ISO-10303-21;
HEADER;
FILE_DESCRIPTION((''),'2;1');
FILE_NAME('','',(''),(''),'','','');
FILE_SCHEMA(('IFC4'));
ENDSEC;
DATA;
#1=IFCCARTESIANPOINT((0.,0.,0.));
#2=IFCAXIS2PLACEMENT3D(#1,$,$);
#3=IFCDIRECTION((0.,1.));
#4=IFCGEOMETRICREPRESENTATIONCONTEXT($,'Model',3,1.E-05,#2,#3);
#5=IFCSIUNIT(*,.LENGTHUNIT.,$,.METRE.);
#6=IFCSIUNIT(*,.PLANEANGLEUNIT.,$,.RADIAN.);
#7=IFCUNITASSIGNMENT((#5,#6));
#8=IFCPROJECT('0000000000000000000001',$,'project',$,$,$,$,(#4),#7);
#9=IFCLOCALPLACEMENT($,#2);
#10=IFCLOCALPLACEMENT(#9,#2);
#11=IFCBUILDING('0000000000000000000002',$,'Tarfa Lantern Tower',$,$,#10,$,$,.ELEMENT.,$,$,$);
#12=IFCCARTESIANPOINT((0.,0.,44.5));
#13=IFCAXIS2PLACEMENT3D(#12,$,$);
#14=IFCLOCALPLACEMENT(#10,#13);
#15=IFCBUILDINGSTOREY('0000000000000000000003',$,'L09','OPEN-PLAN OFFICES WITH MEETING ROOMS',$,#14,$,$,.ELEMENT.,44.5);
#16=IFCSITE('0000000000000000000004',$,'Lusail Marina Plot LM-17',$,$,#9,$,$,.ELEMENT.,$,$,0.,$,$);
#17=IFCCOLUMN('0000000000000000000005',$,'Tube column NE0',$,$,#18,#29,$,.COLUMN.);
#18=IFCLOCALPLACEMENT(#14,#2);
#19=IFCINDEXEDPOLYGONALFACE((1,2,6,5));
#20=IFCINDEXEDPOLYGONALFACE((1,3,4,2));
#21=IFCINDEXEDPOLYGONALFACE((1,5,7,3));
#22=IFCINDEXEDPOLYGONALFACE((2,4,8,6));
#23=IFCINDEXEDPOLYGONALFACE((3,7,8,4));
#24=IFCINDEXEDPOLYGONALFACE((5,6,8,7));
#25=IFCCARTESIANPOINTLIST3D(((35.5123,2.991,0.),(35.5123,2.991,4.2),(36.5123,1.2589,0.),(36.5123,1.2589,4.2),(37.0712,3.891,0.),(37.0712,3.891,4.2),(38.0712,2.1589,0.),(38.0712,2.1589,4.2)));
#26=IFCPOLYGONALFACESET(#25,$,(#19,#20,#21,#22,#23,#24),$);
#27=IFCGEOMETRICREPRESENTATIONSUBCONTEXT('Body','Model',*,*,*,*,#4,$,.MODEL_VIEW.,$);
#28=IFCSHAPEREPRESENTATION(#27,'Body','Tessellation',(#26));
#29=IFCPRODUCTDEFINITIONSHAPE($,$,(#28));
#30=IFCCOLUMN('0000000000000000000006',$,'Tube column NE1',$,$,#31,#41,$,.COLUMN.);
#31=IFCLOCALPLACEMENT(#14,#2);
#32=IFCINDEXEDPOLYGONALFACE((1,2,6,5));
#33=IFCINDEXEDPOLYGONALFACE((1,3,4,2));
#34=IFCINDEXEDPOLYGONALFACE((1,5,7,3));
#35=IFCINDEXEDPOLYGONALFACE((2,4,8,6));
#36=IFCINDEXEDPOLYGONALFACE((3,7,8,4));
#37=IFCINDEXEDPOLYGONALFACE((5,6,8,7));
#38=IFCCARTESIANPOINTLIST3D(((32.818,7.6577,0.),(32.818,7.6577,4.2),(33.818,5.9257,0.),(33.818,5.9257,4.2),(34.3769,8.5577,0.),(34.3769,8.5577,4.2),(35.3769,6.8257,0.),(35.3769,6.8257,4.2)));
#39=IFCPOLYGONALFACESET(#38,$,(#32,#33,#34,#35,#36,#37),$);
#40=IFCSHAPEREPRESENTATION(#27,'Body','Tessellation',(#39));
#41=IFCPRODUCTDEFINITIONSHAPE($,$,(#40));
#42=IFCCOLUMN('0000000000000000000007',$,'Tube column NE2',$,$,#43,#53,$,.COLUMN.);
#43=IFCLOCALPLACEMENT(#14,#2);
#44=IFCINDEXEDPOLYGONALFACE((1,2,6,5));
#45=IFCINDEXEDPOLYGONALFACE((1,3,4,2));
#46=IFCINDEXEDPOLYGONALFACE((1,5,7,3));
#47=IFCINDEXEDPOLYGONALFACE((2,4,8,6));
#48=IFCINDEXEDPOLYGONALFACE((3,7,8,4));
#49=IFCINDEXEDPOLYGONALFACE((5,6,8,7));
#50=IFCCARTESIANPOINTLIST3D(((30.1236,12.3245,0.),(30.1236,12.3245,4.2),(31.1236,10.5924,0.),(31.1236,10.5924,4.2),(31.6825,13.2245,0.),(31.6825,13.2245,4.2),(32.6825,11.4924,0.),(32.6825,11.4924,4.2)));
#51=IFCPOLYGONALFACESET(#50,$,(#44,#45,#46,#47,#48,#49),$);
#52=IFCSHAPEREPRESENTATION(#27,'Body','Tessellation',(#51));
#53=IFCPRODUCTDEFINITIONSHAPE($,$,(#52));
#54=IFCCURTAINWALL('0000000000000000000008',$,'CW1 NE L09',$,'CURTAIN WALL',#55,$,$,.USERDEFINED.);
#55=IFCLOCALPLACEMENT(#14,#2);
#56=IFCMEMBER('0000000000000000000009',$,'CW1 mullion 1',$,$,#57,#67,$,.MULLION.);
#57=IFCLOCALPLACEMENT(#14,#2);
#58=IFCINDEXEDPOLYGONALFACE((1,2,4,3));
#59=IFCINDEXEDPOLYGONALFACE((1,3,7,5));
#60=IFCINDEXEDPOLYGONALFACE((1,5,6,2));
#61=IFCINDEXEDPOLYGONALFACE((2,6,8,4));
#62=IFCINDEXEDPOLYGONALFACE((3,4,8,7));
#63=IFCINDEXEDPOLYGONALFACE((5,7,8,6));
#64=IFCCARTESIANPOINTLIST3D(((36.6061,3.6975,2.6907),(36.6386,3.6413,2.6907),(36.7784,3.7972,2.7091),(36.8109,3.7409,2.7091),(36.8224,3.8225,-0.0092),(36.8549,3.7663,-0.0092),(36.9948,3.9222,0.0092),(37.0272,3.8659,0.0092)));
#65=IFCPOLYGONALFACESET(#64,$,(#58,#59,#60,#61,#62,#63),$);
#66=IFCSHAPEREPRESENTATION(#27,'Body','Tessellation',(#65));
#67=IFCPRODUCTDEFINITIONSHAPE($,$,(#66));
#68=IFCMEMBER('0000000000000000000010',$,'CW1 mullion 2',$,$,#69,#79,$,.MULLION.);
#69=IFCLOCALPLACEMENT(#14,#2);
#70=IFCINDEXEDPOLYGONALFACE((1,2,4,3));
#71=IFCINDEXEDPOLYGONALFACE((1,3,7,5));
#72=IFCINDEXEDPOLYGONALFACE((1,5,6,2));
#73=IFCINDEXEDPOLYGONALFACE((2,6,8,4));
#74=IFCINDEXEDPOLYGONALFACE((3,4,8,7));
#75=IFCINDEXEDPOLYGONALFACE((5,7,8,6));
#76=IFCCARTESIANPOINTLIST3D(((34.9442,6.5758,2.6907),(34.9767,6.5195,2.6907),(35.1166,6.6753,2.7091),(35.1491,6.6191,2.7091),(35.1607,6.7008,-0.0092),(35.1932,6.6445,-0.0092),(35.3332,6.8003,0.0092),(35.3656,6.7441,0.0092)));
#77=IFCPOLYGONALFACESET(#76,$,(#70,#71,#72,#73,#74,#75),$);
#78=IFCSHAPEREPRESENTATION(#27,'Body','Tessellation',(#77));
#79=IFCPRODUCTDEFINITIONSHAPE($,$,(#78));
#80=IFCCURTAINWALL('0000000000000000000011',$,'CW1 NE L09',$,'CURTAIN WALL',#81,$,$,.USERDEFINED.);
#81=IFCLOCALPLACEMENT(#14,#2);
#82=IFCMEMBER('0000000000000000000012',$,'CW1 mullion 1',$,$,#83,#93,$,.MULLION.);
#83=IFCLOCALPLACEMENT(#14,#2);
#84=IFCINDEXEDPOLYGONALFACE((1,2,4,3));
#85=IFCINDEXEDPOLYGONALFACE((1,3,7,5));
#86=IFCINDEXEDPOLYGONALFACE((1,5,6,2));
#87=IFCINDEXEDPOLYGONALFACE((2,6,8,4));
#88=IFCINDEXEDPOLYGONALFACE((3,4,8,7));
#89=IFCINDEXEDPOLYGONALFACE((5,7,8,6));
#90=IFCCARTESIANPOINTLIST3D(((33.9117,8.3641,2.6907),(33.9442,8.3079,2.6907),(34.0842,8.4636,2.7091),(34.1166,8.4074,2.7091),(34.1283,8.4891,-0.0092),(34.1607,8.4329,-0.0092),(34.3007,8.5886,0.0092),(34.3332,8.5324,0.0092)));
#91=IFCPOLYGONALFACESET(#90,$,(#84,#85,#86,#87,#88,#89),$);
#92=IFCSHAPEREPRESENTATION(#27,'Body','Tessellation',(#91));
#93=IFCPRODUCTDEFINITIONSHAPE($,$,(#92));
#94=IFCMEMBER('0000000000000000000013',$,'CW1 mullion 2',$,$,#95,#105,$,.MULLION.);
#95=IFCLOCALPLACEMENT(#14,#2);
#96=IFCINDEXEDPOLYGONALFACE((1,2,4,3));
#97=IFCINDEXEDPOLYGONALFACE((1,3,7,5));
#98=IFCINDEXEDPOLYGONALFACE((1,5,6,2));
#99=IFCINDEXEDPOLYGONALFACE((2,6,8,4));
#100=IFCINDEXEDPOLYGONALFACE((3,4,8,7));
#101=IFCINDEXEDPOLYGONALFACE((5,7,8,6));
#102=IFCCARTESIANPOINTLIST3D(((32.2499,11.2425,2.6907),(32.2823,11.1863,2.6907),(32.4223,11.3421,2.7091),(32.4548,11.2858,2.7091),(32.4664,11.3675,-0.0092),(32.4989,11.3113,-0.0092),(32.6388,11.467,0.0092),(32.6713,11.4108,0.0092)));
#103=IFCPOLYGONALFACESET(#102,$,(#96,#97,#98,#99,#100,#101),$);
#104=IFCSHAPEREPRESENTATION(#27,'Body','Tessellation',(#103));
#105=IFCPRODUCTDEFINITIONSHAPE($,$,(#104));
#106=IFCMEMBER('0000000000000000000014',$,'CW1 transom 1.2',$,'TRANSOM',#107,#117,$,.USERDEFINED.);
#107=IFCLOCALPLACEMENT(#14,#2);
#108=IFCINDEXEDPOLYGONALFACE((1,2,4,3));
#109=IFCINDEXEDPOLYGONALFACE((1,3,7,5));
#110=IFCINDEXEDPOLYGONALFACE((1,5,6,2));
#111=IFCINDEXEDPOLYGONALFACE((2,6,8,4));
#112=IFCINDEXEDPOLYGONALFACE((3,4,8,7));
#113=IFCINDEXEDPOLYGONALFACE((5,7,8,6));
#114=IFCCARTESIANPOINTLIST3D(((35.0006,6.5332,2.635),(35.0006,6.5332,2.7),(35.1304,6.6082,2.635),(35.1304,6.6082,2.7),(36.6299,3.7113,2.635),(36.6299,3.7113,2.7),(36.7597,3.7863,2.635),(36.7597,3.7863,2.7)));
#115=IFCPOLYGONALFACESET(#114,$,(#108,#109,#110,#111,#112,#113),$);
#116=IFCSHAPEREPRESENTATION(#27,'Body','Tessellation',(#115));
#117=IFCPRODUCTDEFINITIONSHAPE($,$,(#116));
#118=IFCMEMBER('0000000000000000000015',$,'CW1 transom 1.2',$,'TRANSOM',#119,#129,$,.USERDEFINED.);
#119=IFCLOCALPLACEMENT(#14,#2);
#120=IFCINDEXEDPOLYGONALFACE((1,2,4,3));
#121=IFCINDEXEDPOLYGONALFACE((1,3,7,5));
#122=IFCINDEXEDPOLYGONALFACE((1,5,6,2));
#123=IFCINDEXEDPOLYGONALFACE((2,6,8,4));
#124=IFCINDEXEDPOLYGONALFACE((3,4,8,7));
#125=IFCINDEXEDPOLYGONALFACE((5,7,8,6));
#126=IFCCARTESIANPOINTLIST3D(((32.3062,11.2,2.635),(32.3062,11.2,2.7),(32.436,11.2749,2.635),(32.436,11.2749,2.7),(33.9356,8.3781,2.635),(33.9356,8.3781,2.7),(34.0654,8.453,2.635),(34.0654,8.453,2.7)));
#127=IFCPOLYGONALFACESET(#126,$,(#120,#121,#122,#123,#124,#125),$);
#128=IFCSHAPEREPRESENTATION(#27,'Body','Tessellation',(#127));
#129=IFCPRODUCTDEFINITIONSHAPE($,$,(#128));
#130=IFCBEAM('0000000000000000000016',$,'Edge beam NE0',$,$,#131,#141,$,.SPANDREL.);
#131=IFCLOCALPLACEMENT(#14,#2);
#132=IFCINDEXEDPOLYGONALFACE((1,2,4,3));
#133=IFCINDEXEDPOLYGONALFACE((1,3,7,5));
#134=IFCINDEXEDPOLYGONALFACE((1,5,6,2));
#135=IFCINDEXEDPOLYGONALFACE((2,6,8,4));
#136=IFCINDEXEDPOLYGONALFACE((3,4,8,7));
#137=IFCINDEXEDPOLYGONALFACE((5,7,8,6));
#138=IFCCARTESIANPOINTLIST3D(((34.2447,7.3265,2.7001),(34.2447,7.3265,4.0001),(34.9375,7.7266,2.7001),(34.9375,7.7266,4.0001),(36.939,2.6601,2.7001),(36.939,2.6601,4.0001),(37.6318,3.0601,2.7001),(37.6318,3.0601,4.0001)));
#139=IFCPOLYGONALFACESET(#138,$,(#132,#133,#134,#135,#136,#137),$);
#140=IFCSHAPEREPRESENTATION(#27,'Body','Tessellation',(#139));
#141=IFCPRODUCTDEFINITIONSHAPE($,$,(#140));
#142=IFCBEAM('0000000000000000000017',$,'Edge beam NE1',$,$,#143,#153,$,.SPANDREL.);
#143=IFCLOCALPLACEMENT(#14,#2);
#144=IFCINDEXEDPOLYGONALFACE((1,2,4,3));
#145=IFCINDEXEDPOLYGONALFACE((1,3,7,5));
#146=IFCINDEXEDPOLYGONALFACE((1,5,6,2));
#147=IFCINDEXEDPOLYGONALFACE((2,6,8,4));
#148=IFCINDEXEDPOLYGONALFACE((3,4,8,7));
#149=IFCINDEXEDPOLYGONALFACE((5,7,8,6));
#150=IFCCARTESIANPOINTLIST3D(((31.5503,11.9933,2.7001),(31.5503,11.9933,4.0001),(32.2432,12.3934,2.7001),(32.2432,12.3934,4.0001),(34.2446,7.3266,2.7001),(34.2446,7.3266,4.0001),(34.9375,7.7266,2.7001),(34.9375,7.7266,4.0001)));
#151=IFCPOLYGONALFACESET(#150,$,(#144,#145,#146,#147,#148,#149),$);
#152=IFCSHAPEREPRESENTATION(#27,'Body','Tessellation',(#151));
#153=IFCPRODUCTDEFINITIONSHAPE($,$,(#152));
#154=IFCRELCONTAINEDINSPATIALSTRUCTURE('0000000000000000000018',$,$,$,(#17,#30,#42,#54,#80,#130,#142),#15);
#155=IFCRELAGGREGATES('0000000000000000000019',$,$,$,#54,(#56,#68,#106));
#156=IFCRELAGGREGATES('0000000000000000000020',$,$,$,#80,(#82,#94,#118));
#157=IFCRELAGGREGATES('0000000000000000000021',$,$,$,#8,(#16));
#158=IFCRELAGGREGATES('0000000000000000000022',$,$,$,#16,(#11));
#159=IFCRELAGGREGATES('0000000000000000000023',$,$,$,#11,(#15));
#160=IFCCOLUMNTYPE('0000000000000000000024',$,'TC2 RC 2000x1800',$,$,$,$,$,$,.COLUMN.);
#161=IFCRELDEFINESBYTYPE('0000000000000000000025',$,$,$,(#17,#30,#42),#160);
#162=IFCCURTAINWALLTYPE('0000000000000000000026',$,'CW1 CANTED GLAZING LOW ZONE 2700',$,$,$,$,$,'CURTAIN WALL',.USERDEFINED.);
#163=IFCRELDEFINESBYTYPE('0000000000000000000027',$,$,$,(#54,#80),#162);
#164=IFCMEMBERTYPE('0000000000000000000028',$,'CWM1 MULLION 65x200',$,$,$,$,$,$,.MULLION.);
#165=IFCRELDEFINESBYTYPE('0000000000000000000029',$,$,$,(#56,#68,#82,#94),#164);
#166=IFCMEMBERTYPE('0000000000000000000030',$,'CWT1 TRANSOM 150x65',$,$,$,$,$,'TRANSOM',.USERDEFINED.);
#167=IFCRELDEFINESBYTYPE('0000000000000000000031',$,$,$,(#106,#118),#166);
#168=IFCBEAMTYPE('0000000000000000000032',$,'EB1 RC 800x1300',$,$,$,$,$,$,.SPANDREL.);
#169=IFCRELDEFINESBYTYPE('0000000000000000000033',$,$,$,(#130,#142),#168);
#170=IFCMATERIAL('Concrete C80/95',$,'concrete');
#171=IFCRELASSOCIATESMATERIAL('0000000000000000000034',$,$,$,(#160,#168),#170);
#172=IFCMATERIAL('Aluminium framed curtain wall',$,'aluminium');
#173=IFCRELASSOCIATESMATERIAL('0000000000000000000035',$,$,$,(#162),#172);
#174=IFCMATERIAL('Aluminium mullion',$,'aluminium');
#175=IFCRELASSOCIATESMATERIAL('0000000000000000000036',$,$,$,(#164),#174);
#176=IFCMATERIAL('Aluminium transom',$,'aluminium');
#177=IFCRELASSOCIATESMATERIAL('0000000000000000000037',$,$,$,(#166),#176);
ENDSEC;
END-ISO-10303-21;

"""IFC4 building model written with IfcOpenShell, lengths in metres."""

from ifc_helpers import new_model, si_unit, direction, frame, origin, origin_2d, place, context, subcontext, project, spatial, rectangle, extrude, material, material_profile, profile_set, type_object, element, aggregate, save


model = new_model("IFC4")

# Units and contexts
model_context = context("Model", 3, precision=1e-05, world=origin(), true_north=direction((0.0, 1.0)))
body_context = subcontext(model_context, "Body", "Model", "MODEL_VIEW")
ifc_project = project(units=[si_unit("LENGTHUNIT", "METRE"), si_unit("PLANEANGLEUNIT", "RADIAN")], contexts=[model_context])

# Site, building, storey
site_placement = place(None, origin())
site = spatial("IfcSite", under=ifc_project, at=site_placement, Name="Lusail Marina Plot LM-17", CompositionType="ELEMENT", RefElevation=0.0)
building_placement = place(site_placement, origin())
building = spatial("IfcBuilding", under=site, at=building_placement, Name="Tarfa Lantern Tower", CompositionType="ELEMENT")
storey_placement = place(building_placement, frame((0.0, 0.0, 44.5)))
storey = spatial("IfcBuildingStorey", under=building, at=storey_placement, Name="L09", Description="OPEN-PLAN OFFICES WITH MEETING ROOMS", CompositionType="ELEMENT", Elevation=44.5)

# Columns
ifc_material_1 = material(Name="Concrete C80/95", Category="concrete")
ifc_material_profile_1 = material_profile(ifc_material_1, rectangle(XDim=2.0, YDim=1.8, at=origin_2d()), Name="RC 2000x1800")
ifc_profile_set_1 = profile_set([ifc_material_profile_1], Name="Concrete C80/95")
column_type = type_object("IfcColumnType", Name="TC2 RC 2000x1800", PredefinedType="COLUMN", material=ifc_profile_set_1)
for number, where, z_axis, x_axis, name in (
    (1, (36.7917, 2.575, 0.0), (0.0, 0.0, 1.0), (-0.5, 0.866025, 0.0), "Tube column NE0"),
    (2, (34.0974, 7.2417, 0.0), (0.0, 0.0, 1.0), (-0.5, 0.866025, 0.0), "Tube column NE1"),
    (3, (31.4031, 11.9084, 0.0), (0.0, 0.0, 1.0), (-0.5, 0.866025, 0.0), "Tube column NE2"),
):
    element("IfcColumn", number, at=place(storey_placement, frame(where, z_axis=z_axis, x_axis=x_axis)), inside=storey, type_object=column_type, Name=name, PredefinedType="COLUMN", context=body_context, shape_type="SweptSolid", body=[
        extrude(rectangle(XDim=2.0, YDim=1.8, at=origin_2d()), origin(), (0.0, 0.0, 1.0), 4.2),
    ])

# Curtain walls, members
ifc_material_2 = material(Name="Aluminium framed curtain wall", Category="aluminium")
curtain_wall_type = type_object("IfcCurtainWallType", Name="CW1 CANTED GLAZING LOW ZONE 2700", ElementType="CURTAIN WALL", PredefinedType="USERDEFINED", material=ifc_material_2)
curtain_wall_1_placement = place(storey_placement, origin())
curtain_wall_1 = element("IfcCurtainWall", 4, at=curtain_wall_1_placement, inside=storey, type_object=curtain_wall_type, Name="CW1 NE L09", ObjectType="CURTAIN WALL", PredefinedType="USERDEFINED")
ifc_material_3 = material(Name="Aluminium mullion", Category="aluminium")
ifc_material_profile_2 = material_profile(ifc_material_3, rectangle(XDim=0.0649, YDim=0.2, at=origin_2d()), Name="AL MULLION 65x200")
ifc_profile_set_2 = profile_set([ifc_material_profile_2], Name="Aluminium mullion")
member_type_1 = type_object("IfcMemberType", Name="CWM1 MULLION 65x200", PredefinedType="MULLION", material=ifc_profile_set_2)
member_1_placement = place(storey_placement, frame((36.9248, 3.8442, 0.0), z_axis=(-0.079775, -0.0461, 0.995746), x_axis=(0.500343, -0.865827, 0.0)))
member_1 = element("IfcMember", 5, at=member_1_placement, type_object=member_type_1, Name="CW1 mullion 1", PredefinedType="MULLION", context=body_context, shape_type="SweptSolid", body=[
    extrude(rectangle(XDim=0.0649, YDim=0.2, at=origin_2d()), origin(), (0.0, 0.0, 1.0), 2.7114),
])
member_2_placement = place(storey_placement, frame((35.2632, 6.7224, 0.0), z_axis=(-0.079864, -0.0461, 0.995739), x_axis=(0.49992, -0.866072, 0.0)))
member_2 = element("IfcMember", 6, at=member_2_placement, type_object=member_type_1, Name="CW1 mullion 2", PredefinedType="MULLION", context=body_context, shape_type="SweptSolid", body=[
    extrude(rectangle(XDim=0.0649, YDim=0.2, at=origin_2d()), origin(), (0.0, 0.0, 1.0), 2.7114),
])
curtain_wall_2_placement = place(storey_placement, origin())
curtain_wall_2 = element("IfcCurtainWall", 7, at=curtain_wall_2_placement, inside=storey, type_object=curtain_wall_type, Name="CW1 NE L09", ObjectType="CURTAIN WALL", PredefinedType="USERDEFINED")
member_3_placement = place(storey_placement, frame((34.2307, 8.5107, 0.0), z_axis=(-0.079864, -0.0461, 0.995739), x_axis=(0.49992, -0.866072, 0.0)))
member_3 = element("IfcMember", 8, at=member_3_placement, type_object=member_type_1, Name="CW1 mullion 1", PredefinedType="MULLION", context=body_context, shape_type="SweptSolid", body=[
    extrude(rectangle(XDim=0.0649, YDim=0.2, at=origin_2d()), origin(), (0.0, 0.0, 1.0), 2.7114),
])
member_4_placement = place(storey_placement, frame((32.5688, 11.3892, 0.0), z_axis=(-0.079864, -0.0461, 0.995739), x_axis=(0.49992, -0.866072, 0.0)))
member_4 = element("IfcMember", 9, at=member_4_placement, type_object=member_type_1, Name="CW1 mullion 2", PredefinedType="MULLION", context=body_context, shape_type="SweptSolid", body=[
    extrude(rectangle(XDim=0.0649, YDim=0.2, at=origin_2d()), origin(), (0.0, 0.0, 1.0), 2.7114),
])

# Members
ifc_material_4 = material(Name="Aluminium transom", Category="aluminium")
ifc_material_profile_3 = material_profile(ifc_material_4, rectangle(XDim=0.1499, YDim=0.0649, at=origin_2d()), Name="AL TRANSOM 150x65")
ifc_profile_set_3 = profile_set([ifc_material_profile_3], Name="Aluminium transom")
member_type_2 = type_object("IfcMemberType", Name="CWT1 TRANSOM 150x65", ElementType="TRANSOM", PredefinedType="USERDEFINED", material=ifc_profile_set_3)
member_5_placement = place(storey_placement, frame((36.6948, 3.7488, 2.6675), z_axis=(-0.500023, 0.866012, 0.0), x_axis=(-0.866012, -0.500023, 0.0)))
member_5 = element("IfcMember", 10, at=member_5_placement, type_object=member_type_2, Name="CW1 transom 1.2", ObjectType="TRANSOM", PredefinedType="USERDEFINED", context=body_context, shape_type="SweptSolid", body=[
    extrude(rectangle(XDim=0.1499, YDim=0.0649, at=origin_2d()), origin(), (0.0, 0.0, 1.0), 3.2585),
])
member_6_placement = place(storey_placement, frame((34.0005, 8.4155, 2.6675), z_axis=(-0.500023, 0.866012, 0.0), x_axis=(-0.866012, -0.500023, 0.0)))
member_6 = element("IfcMember", 11, at=member_6_placement, type_object=member_type_2, Name="CW1 transom 1.2", ObjectType="TRANSOM", PredefinedType="USERDEFINED", context=body_context, shape_type="SweptSolid", body=[
    extrude(rectangle(XDim=0.1499, YDim=0.0649, at=origin_2d()), origin(), (0.0, 0.0, 1.0), 3.2585),
])

# Beams
ifc_material_profile_4 = material_profile(ifc_material_1, rectangle(XDim=0.8, YDim=1.3, at=origin_2d()), Name="RC 800x1300")
ifc_profile_set_4 = profile_set([ifc_material_profile_4], Name="Concrete C80/95")
beam_type_1 = type_object("IfcBeamType", Name="EB1 RC 800x1300", PredefinedType="SPANDREL", material=ifc_profile_set_4)
beam_1_placement = place(storey_placement, frame((37.2854, 2.8601, 3.3501), z_axis=(-0.500018, 0.866015, 0.0), x_axis=(-0.866015, -0.500018, 0.0)))
element("IfcBeam", 12, at=beam_1_placement, inside=storey, type_object=beam_type_1, Name="Edge beam NE0", PredefinedType="SPANDREL", context=body_context, shape_type="SweptSolid", body=[
    extrude(rectangle(XDim=0.8, YDim=1.3, at=origin_2d()), origin(), (0.0, 0.0, 1.0), 5.3884),
])
beam_2_placement = place(storey_placement, frame((34.5911, 7.5266, 3.3501), z_axis=(-0.499998, 0.866026, 0.0), x_axis=(-0.866026, -0.499998, 0.0)))
element("IfcBeam", 13, at=beam_2_placement, inside=storey, type_object=beam_type_1, Name="Edge beam NE1", PredefinedType="SPANDREL", context=body_context, shape_type="SweptSolid", body=[
    extrude(rectangle(XDim=0.8, YDim=1.3, at=origin_2d()), origin(), (0.0, 0.0, 1.0), 5.3887),
])

aggregate(curtain_wall_1, [member_1, member_2, member_5])
aggregate(curtain_wall_2, [member_3, member_4, member_6])

save(model, "model.ifc")
